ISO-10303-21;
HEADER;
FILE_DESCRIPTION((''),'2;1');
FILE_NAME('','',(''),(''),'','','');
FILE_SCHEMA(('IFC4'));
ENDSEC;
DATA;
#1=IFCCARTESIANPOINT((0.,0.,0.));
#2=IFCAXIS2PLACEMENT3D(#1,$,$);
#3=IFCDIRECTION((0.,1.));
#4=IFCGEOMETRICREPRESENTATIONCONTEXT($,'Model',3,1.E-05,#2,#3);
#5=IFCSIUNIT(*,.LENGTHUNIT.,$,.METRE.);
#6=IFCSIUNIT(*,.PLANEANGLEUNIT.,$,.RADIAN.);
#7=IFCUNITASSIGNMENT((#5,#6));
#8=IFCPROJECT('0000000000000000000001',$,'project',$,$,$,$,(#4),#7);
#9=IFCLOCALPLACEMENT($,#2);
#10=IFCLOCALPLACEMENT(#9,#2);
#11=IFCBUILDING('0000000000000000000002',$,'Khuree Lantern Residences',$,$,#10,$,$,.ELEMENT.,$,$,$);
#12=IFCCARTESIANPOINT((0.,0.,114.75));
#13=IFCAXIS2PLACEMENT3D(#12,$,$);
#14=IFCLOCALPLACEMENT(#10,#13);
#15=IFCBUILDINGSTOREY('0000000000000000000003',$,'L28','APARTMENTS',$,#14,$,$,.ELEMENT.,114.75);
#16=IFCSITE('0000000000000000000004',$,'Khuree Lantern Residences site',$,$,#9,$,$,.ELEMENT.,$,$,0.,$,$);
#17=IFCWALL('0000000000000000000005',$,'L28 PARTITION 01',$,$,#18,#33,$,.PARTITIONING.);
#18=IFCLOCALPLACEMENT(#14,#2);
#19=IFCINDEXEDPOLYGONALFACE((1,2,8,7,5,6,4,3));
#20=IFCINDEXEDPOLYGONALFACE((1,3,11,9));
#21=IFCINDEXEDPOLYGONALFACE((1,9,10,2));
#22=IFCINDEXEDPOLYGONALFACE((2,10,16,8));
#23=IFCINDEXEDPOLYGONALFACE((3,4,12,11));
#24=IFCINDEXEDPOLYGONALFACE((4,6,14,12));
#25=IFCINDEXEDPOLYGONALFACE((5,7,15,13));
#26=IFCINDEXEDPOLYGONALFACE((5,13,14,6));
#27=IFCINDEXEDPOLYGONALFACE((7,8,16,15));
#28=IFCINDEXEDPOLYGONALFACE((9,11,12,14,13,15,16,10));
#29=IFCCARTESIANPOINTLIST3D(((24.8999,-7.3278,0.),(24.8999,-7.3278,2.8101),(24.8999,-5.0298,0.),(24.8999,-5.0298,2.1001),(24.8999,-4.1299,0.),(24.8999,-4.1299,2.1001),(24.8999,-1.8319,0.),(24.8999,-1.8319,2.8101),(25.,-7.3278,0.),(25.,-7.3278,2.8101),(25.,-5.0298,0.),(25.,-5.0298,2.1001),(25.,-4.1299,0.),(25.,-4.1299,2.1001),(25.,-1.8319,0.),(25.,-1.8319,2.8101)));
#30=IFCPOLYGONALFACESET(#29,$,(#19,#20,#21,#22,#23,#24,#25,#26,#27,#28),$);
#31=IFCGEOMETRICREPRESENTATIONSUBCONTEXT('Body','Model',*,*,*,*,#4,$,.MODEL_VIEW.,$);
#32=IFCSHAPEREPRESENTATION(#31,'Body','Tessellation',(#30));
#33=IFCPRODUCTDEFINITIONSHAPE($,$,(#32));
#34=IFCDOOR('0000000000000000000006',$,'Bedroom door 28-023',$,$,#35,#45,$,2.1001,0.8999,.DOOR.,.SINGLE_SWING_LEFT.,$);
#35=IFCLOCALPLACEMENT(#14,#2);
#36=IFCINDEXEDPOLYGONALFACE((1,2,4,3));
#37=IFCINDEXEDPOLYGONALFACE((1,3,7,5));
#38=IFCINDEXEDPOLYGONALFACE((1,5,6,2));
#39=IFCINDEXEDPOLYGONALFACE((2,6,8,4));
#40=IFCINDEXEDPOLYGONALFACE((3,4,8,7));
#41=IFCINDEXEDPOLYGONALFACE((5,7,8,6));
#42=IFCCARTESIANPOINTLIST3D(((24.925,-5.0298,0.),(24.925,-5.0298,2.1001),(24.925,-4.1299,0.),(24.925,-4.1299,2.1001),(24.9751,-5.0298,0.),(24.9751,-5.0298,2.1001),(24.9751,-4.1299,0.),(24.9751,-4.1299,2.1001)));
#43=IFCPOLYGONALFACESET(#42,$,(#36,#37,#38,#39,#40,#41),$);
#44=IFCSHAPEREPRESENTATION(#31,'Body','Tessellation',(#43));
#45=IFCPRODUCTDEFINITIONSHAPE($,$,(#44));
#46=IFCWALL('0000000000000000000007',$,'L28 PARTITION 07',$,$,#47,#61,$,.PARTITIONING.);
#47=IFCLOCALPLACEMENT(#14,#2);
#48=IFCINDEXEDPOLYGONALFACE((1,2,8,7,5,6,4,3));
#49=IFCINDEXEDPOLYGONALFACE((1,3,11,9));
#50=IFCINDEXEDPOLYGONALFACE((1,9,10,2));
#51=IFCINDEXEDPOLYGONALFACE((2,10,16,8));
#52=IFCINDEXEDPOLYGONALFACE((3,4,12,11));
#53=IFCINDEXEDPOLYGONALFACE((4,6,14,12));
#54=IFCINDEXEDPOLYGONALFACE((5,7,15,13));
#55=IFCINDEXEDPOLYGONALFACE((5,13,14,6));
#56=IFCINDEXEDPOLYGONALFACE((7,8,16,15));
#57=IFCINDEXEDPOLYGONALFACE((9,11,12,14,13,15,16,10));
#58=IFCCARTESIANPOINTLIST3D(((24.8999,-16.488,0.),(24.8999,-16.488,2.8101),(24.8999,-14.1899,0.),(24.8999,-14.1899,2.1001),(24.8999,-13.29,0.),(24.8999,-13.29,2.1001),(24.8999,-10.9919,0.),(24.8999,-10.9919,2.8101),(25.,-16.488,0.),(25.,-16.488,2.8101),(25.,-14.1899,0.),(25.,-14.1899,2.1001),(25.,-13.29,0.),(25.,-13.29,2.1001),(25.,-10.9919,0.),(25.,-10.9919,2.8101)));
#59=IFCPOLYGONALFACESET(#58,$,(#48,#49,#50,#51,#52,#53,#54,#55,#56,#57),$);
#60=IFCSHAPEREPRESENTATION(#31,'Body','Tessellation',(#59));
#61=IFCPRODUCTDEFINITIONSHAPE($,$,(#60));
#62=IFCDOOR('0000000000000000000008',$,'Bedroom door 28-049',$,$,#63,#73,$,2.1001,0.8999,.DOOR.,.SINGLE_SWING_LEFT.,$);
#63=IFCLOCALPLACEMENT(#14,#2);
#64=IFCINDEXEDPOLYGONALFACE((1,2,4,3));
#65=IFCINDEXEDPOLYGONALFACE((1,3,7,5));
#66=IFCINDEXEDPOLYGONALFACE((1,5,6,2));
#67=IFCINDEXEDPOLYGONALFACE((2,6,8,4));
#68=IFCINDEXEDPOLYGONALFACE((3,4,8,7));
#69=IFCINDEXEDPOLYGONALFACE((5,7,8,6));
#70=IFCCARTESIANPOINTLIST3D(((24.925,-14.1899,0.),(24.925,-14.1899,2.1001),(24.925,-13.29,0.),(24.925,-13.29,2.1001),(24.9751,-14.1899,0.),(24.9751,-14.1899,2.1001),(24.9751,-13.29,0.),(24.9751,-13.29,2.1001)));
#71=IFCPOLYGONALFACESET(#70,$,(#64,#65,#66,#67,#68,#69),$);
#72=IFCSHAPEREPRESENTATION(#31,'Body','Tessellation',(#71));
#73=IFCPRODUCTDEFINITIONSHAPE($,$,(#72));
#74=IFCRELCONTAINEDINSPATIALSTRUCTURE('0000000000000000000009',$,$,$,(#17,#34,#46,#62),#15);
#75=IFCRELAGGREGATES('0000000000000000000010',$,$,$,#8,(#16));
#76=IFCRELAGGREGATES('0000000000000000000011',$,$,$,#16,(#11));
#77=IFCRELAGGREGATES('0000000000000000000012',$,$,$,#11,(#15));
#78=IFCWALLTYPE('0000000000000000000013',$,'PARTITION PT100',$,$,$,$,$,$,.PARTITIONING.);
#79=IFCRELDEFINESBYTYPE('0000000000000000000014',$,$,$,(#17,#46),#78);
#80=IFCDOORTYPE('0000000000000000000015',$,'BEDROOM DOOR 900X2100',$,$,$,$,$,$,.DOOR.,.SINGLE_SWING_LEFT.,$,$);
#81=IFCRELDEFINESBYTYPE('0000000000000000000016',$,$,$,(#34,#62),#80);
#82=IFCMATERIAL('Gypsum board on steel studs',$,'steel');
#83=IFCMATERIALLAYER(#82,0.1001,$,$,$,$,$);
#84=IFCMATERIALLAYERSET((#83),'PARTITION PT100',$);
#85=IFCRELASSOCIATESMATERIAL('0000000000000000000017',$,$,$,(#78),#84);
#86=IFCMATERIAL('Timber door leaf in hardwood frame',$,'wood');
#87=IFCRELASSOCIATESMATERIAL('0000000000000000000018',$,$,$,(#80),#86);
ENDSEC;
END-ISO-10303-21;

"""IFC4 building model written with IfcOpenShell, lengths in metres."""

from ifc_helpers import new_model, si_unit, direction, frame, frame_2d, origin, place, context, subcontext, project, spatial, rectangle, extrude, material, layer, layer_set, type_object, element, fill, save


model = new_model("IFC4")

# Units and contexts
model_context = context("Model", 3, precision=1e-05, world=origin(), true_north=direction((0.0, 1.0)))
body_context = subcontext(model_context, "Body", "Model", "MODEL_VIEW")
ifc_project = project(units=[si_unit("LENGTHUNIT", "METRE"), si_unit("PLANEANGLEUNIT", "RADIAN")], contexts=[model_context])

# Site, building, storey
site_placement = place(None, origin())
site = spatial("IfcSite", under=ifc_project, at=site_placement, Name="Khuree Lantern Residences site", CompositionType="ELEMENT", RefElevation=0.0)
building_placement = place(site_placement, origin())
building = spatial("IfcBuilding", under=site, at=building_placement, Name="Khuree Lantern Residences", CompositionType="ELEMENT")
storey_placement = place(building_placement, frame((0.0, 0.0, 114.75)))
storey = spatial("IfcBuildingStorey", under=building, at=storey_placement, Name="L28", Description="APARTMENTS", CompositionType="ELEMENT", Elevation=114.75)

# Shared definitions
ifc_material_1 = material(Name="Timber door leaf in hardwood frame", Category="wood")

# Shared definitions
ifc_material_2 = material(Name="Gypsum board on steel studs", Category="steel")

# Shared definitions
ifc_layer_1 = layer(ifc_material_2, 0.1001)
ifc_layer_set_1 = layer_set([ifc_layer_1], Name="PARTITION PT100")
wall_type_1 = type_object("IfcWallType", Name="PARTITION PT100", PredefinedType="PARTITIONING", material=ifc_layer_set_1)

# Walls, openings, doors
wall_1_placement = place(storey_placement, frame((24.95, -7.3279, 0.0), z_axis=(0.0, 0.0, 1.0), x_axis=(0.0, 1.0, 0.0)))
wall_1 = element("IfcWall", 1, at=wall_1_placement, inside=storey, type_object=wall_type_1, Name="L28 PARTITION 01", PredefinedType="PARTITIONING", context=body_context, shape_type="SweptSolid", body=[
    extrude(rectangle(XDim=5.4958, YDim=0.1001, at=frame_2d((2.748, 0.0))), origin(), (0.0, 0.0, 1.0), 2.8101),
])
opening_1_placement = place(wall_1_placement, frame((2.2981, 0.0, 0.0)))
opening_1 = element("IfcOpeningElement", 2, at=opening_1_placement, cuts=wall_1, PredefinedType="OPENING", context=body_context, shape_type="SweptSolid", body=[
    extrude(rectangle(XDim=0.8999, YDim=2.1001, at=frame_2d((0.45, 1.05))), frame((0.0, 0.0601, 0.0), z_axis=(0.0, -1.0, 0.0), x_axis=(1.0, 0.0, 0.0)), (0.0, 0.0, 1.0), 0.1201),
])
door_type_1 = type_object("IfcDoorType", Name="BEDROOM DOOR 900X2100", OperationType="SINGLE_SWING_LEFT", PredefinedType="DOOR", material=ifc_material_1)
door_1_placement = place(opening_1_placement, origin())
door_1 = element("IfcDoor", 3, at=door_1_placement, inside=storey, type_object=door_type_1, Name="Bedroom door 28-023", OperationType="SINGLE_SWING_LEFT", OverallHeight=2.1001, OverallWidth=0.8999, PredefinedType="DOOR", context=body_context, shape_type="SweptSolid", body=[
    extrude(rectangle(XDim=0.8999, YDim=2.1001, at=frame_2d((0.45, 1.05))), frame((0.0, 0.0249, 0.0), z_axis=(0.0, -1.0, 0.0), x_axis=(1.0, 0.0, 0.0)), (0.0, 0.0, 1.0), 0.05),
])
fill(opening_1, door_1)
wall_2_placement = place(storey_placement, frame((24.95, -16.488, 0.0), z_axis=(0.0, 0.0, 1.0), x_axis=(0.0, 1.0, 0.0)))
wall_2 = element("IfcWall", 4, at=wall_2_placement, inside=storey, type_object=wall_type_1, Name="L28 PARTITION 07", PredefinedType="PARTITIONING", context=body_context, shape_type="SweptSolid", body=[
    extrude(rectangle(XDim=5.4961, YDim=0.1001, at=frame_2d((2.748, 0.0))), origin(), (0.0, 0.0, 1.0), 2.8101),
])
opening_2_placement = place(wall_2_placement, frame((2.2981, 0.0, 0.0)))
opening_2 = element("IfcOpeningElement", 5, at=opening_2_placement, cuts=wall_2, PredefinedType="OPENING", context=body_context, shape_type="SweptSolid", body=[
    extrude(rectangle(XDim=0.8999, YDim=2.1001, at=frame_2d((0.45, 1.05))), frame((0.0, 0.0601, 0.0), z_axis=(0.0, -1.0, 0.0), x_axis=(1.0, 0.0, 0.0)), (0.0, 0.0, 1.0), 0.1201),
])
door_2_placement = place(opening_2_placement, origin())
door_2 = element("IfcDoor", 6, at=door_2_placement, inside=storey, type_object=door_type_1, Name="Bedroom door 28-049", OperationType="SINGLE_SWING_LEFT", OverallHeight=2.1001, OverallWidth=0.8999, PredefinedType="DOOR", context=body_context, shape_type="SweptSolid", body=[
    extrude(rectangle(XDim=0.8999, YDim=2.1001, at=frame_2d((0.45, 1.05))), frame((0.0, 0.0249, 0.0), z_axis=(0.0, -1.0, 0.0), x_axis=(1.0, 0.0, 0.0)), (0.0, 0.0, 1.0), 0.05),
])
fill(opening_2, door_2)

save(model, "model.ifc")
